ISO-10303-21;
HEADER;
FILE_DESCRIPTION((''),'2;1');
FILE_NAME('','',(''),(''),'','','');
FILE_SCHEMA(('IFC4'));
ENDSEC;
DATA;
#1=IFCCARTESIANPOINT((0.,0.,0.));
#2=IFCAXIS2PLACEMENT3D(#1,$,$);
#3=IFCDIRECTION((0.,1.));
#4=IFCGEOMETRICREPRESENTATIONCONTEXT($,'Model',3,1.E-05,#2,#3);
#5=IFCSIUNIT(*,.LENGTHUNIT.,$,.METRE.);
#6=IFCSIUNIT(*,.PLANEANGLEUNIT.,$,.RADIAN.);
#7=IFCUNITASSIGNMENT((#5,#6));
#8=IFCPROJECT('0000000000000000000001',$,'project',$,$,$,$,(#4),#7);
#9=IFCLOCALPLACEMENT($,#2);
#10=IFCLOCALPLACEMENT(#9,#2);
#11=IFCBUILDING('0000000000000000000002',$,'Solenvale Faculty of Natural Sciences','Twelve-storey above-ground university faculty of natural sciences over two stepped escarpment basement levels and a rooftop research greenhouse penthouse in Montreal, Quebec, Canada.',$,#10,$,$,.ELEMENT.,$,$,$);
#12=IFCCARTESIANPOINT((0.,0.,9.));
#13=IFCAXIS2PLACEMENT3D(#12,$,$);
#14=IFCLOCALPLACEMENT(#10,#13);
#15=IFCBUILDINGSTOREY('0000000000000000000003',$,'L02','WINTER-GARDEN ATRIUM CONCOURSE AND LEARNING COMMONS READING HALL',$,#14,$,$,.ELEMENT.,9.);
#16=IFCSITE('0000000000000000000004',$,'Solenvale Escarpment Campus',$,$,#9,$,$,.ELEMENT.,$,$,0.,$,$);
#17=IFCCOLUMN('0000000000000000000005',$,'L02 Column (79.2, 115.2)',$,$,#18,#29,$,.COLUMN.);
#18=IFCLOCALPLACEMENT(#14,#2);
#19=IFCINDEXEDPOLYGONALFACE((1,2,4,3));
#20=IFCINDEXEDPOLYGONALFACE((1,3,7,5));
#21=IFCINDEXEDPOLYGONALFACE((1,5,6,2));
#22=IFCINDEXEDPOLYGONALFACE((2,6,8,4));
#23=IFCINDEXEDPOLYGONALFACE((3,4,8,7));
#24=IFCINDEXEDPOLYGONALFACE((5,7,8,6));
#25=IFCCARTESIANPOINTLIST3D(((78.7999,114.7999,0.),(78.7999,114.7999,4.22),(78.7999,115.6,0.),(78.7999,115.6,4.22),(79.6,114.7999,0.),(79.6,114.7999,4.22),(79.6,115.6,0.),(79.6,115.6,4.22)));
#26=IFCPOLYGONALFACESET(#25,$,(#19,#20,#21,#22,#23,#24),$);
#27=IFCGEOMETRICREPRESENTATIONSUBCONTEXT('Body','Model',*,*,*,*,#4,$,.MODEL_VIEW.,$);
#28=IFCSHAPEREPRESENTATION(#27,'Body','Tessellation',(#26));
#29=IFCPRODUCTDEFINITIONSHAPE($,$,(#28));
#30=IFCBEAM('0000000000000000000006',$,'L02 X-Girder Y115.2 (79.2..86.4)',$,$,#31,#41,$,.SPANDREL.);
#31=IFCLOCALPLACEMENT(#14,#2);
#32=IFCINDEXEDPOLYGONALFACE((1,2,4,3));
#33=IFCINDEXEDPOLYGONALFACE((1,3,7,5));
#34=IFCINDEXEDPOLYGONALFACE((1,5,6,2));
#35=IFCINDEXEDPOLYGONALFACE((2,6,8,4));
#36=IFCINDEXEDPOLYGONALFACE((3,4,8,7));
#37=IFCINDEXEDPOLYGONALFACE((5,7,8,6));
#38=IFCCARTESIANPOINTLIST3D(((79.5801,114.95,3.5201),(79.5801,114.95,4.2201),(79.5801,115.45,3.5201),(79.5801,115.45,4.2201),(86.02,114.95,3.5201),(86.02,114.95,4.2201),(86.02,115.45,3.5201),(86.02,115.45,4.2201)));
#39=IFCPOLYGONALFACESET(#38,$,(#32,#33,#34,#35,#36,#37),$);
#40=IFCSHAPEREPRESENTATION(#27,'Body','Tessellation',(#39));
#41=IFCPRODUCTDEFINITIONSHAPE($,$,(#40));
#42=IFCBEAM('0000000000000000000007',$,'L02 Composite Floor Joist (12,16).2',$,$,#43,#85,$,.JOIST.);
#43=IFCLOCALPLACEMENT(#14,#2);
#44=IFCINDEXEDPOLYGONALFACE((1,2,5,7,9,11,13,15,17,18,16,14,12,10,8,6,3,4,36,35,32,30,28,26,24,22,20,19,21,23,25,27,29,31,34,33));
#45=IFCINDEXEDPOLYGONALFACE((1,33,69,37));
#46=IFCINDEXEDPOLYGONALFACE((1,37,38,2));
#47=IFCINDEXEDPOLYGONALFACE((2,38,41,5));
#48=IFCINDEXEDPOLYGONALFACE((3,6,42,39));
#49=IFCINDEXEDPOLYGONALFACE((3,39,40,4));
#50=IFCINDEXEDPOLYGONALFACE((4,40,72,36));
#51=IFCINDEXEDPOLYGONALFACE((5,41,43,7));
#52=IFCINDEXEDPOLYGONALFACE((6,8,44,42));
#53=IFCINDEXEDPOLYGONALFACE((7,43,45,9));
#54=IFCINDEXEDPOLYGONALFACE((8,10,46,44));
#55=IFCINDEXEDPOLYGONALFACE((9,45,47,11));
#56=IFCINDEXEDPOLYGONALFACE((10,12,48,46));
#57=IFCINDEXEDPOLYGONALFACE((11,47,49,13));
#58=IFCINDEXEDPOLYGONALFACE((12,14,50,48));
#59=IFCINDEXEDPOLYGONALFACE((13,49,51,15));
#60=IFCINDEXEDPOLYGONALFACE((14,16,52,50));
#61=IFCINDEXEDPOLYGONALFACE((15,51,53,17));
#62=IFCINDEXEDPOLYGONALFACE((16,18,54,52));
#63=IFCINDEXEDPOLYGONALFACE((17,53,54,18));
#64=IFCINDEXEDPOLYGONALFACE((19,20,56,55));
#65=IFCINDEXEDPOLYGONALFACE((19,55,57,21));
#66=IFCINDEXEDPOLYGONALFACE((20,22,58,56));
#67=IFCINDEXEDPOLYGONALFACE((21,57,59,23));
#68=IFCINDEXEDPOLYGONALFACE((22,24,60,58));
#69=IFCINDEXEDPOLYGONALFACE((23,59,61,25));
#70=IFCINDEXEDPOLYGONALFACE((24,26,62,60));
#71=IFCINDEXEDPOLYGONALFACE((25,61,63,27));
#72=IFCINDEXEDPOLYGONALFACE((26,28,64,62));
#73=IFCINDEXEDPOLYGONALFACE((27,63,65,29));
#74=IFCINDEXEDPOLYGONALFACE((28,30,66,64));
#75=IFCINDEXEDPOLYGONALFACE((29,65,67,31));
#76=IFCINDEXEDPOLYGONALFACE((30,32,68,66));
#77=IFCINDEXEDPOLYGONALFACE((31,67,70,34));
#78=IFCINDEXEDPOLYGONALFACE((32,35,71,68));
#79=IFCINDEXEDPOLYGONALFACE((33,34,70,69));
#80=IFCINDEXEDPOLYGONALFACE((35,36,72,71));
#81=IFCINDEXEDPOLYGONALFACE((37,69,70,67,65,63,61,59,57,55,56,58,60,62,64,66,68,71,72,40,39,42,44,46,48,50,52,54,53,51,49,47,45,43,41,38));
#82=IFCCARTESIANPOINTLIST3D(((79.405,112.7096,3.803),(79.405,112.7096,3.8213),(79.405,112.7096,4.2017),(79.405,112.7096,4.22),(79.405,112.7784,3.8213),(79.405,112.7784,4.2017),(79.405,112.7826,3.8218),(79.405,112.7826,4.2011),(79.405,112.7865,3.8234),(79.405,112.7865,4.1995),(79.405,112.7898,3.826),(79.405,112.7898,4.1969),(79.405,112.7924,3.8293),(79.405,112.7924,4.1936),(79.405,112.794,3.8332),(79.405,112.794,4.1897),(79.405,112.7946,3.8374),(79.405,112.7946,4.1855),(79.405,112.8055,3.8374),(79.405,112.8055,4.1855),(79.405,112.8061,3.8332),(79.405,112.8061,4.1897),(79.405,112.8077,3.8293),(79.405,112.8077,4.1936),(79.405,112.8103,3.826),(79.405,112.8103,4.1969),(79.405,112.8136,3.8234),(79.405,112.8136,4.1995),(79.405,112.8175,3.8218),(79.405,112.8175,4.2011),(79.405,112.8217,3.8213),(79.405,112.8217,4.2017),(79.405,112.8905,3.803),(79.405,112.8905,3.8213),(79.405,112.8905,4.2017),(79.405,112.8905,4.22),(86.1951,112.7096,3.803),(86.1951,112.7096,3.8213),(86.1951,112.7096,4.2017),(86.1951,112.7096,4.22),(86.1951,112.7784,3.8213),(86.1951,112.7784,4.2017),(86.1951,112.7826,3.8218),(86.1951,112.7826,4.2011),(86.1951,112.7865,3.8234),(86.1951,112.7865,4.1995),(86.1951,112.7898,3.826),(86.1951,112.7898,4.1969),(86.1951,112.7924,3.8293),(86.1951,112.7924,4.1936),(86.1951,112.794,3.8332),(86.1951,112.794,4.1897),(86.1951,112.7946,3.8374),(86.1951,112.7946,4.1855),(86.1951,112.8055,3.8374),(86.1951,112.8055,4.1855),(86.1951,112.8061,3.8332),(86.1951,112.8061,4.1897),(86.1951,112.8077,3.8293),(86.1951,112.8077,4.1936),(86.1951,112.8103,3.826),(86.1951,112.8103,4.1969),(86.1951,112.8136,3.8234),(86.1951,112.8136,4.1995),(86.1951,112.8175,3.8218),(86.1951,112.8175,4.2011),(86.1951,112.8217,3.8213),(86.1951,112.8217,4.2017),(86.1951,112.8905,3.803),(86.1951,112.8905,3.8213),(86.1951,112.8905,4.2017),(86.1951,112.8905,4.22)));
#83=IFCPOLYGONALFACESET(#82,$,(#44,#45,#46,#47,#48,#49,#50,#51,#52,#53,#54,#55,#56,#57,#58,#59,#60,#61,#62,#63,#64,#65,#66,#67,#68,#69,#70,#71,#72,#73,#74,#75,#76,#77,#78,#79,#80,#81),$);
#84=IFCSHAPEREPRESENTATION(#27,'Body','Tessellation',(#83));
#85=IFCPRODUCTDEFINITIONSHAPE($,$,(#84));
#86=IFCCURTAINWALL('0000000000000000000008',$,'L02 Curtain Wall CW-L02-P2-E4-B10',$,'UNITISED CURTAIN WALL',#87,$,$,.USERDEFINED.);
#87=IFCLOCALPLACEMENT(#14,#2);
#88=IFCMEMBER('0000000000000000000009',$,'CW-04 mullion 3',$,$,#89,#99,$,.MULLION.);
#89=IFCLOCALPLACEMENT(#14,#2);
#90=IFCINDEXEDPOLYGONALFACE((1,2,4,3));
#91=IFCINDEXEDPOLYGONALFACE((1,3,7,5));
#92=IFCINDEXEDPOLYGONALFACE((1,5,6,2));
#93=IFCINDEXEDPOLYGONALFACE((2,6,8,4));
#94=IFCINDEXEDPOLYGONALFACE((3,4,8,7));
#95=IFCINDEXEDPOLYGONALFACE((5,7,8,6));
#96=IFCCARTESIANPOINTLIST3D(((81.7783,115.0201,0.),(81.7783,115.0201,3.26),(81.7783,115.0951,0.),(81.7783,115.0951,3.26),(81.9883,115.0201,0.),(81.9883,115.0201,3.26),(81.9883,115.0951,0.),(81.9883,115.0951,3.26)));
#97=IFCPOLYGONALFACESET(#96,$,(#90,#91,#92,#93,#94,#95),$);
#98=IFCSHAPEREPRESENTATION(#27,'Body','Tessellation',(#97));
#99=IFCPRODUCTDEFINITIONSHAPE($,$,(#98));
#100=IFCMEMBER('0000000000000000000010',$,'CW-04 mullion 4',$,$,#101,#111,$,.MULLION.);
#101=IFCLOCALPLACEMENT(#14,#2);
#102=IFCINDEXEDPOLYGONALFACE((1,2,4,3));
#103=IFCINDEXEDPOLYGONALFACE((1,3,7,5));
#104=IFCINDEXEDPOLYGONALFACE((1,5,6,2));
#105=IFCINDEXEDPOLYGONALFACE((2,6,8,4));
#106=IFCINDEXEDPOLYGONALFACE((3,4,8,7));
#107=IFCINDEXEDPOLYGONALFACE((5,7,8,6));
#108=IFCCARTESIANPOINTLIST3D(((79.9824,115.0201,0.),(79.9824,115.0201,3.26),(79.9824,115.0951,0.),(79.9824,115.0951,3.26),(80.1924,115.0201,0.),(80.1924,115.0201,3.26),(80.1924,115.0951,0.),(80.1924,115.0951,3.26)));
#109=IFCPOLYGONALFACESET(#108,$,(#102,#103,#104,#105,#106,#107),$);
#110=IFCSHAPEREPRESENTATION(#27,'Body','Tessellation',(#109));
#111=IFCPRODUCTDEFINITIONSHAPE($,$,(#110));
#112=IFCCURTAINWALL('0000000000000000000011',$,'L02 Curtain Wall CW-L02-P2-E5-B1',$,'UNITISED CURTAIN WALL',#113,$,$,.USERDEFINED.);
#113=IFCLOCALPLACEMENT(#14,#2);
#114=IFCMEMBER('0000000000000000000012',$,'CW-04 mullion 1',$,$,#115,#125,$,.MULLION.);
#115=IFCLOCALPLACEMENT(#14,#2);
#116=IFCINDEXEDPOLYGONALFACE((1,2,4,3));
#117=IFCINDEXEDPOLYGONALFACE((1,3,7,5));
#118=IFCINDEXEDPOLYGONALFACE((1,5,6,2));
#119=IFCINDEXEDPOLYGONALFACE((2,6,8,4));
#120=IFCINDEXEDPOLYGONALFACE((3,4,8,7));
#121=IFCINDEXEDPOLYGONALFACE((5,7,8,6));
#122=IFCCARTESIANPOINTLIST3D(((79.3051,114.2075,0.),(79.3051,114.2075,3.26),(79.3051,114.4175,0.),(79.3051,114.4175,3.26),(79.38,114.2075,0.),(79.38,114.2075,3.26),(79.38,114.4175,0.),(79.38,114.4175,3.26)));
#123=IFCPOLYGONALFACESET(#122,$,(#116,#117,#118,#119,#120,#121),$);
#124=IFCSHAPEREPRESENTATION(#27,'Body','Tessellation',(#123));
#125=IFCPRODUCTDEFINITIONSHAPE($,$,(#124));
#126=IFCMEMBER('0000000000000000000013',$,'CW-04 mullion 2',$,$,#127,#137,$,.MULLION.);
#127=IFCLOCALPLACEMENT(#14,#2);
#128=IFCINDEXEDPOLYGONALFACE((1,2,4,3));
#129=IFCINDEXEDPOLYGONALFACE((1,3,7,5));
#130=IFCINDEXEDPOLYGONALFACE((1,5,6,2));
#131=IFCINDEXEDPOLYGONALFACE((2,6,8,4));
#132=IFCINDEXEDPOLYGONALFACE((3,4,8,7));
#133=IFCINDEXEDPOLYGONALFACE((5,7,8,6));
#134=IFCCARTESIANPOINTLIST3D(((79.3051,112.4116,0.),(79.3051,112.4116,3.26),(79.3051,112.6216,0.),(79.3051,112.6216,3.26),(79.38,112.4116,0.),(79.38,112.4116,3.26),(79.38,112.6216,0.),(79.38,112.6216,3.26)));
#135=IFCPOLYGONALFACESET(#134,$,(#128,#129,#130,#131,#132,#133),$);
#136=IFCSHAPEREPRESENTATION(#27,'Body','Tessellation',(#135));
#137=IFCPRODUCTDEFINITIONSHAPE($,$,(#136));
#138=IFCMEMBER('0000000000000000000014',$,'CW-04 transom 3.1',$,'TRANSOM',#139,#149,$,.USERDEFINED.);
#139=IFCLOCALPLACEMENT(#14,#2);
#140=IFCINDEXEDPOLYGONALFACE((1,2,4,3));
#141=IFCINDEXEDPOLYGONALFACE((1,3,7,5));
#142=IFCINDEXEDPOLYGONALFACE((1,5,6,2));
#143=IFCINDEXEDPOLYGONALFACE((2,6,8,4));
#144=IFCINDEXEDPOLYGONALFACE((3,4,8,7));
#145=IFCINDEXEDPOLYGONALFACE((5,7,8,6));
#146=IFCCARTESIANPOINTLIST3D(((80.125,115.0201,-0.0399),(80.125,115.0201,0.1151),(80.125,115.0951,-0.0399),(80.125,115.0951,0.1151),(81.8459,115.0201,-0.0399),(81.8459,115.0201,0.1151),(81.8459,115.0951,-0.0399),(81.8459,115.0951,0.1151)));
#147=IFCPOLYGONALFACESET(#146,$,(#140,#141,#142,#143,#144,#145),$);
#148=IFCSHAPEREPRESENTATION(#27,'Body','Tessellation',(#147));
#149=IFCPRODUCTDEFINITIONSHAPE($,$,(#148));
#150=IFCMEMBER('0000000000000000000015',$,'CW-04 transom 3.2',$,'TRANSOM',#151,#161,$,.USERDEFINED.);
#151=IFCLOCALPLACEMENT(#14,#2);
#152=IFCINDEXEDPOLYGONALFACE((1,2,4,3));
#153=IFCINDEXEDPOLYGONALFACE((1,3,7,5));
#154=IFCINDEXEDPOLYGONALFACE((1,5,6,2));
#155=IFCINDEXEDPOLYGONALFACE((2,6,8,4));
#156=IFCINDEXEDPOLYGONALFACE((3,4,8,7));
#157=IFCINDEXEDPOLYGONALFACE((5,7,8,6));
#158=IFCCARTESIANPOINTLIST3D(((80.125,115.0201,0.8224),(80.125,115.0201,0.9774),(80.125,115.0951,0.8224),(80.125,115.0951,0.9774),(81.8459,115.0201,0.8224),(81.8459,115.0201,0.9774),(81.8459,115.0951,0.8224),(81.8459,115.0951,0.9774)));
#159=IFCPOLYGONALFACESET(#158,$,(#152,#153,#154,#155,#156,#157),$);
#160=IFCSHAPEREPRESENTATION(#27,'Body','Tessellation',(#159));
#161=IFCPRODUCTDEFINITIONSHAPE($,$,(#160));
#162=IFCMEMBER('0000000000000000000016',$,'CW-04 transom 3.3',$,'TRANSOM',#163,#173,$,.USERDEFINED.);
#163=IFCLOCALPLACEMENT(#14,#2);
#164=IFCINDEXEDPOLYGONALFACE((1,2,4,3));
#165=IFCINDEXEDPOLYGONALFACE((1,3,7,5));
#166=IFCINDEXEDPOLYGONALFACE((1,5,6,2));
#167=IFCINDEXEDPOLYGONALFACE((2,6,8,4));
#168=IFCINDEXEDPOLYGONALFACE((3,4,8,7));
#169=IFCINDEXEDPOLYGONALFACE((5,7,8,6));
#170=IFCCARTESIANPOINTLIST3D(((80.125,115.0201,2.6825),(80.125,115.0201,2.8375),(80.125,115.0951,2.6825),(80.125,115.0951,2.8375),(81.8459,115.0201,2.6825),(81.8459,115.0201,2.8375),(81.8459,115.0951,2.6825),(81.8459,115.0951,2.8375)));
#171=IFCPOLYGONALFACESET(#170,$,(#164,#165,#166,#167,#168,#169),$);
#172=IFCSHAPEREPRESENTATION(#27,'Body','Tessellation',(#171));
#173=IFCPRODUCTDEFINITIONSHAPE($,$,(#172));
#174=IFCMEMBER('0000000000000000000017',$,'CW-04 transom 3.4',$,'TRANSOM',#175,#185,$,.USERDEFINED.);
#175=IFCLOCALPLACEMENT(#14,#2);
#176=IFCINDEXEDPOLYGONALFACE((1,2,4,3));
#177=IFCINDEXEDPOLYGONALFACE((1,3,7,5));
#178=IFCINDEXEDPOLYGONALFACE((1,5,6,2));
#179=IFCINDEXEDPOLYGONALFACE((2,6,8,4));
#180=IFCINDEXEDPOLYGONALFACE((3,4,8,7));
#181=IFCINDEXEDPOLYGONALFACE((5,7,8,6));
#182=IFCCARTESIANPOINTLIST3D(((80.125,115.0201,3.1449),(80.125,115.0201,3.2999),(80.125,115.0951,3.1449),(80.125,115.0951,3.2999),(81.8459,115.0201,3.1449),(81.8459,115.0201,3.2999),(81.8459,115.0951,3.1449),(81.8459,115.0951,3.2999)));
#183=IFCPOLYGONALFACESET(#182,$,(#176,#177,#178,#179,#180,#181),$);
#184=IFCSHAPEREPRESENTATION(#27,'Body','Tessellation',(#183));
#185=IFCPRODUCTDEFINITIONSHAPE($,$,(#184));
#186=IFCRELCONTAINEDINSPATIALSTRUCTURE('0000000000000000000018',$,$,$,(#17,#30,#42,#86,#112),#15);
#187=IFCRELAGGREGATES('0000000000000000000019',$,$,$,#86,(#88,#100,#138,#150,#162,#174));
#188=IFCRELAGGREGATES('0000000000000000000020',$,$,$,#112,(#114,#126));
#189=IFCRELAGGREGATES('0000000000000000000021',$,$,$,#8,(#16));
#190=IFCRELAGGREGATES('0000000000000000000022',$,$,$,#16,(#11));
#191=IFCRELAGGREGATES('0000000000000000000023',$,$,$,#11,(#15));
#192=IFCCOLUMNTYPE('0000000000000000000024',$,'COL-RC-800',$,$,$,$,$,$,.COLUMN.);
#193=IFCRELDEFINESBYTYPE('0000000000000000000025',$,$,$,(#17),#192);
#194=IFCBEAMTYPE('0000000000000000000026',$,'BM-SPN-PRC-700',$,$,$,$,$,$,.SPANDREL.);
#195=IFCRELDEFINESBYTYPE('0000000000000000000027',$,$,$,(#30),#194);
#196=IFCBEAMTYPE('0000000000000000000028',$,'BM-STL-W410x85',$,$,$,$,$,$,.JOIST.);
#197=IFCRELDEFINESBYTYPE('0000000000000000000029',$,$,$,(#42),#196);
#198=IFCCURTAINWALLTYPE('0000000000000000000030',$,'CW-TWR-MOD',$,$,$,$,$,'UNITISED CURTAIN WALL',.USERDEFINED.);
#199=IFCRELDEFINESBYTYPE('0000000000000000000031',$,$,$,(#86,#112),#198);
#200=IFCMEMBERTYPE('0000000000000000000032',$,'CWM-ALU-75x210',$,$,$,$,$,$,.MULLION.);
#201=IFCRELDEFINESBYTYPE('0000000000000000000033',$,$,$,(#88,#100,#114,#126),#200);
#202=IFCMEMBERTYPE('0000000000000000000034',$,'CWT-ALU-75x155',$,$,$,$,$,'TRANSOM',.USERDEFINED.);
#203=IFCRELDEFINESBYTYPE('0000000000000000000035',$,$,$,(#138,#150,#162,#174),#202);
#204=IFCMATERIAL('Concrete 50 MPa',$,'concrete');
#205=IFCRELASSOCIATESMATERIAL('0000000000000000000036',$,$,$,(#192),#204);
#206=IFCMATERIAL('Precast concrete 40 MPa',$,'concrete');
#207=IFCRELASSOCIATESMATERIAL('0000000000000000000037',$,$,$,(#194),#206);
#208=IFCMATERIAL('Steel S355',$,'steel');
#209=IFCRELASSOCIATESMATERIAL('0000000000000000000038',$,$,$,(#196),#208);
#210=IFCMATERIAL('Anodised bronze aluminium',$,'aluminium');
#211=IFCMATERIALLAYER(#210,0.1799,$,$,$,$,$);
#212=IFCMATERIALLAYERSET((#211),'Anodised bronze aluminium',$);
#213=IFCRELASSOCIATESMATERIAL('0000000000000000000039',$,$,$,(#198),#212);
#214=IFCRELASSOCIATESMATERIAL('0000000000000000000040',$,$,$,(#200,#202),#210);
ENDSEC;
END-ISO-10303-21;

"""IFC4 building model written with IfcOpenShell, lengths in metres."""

from ifc_helpers import new_model, si_unit, direction, frame, origin, origin_2d, place, context, subcontext, project, spatial, rectangle, i_section, extrude, material, layer, layer_set, material_profile, profile_set, type_object, element, aggregate, save


model = new_model("IFC4")

# Units and contexts
model_context = context("Model", 3, precision=1e-05, world=origin(), true_north=direction((0.0, 1.0)))
body_context = subcontext(model_context, "Body", "Model", "MODEL_VIEW")
ifc_project = project(units=[si_unit("LENGTHUNIT", "METRE"), si_unit("PLANEANGLEUNIT", "RADIAN")], contexts=[model_context])

# Site, building, storey
site_placement = place(None, origin())
site = spatial("IfcSite", under=ifc_project, at=site_placement, Name="Solenvale Escarpment Campus", CompositionType="ELEMENT", RefElevation=0.0)
building_placement = place(site_placement, origin())
building = spatial("IfcBuilding", under=site, at=building_placement, Name="Solenvale Faculty of Natural Sciences", Description="Twelve-storey above-ground university faculty of natural sciences over two stepped escarpment basement levels and a rooftop research greenhouse penthouse in Montreal, Quebec, Canada.", CompositionType="ELEMENT")
storey_placement = place(building_placement, frame((0.0, 0.0, 9.0)))
storey = spatial("IfcBuildingStorey", under=building, at=storey_placement, Name="L02", Description="WINTER-GARDEN ATRIUM CONCOURSE AND LEARNING COMMONS READING HALL", CompositionType="ELEMENT", Elevation=9.0)

# Column
ifc_material_1 = material(Name="Concrete 50 MPa", Category="concrete")
ifc_material_profile_1 = material_profile(ifc_material_1, rectangle(XDim=0.8, YDim=0.8, at=origin_2d()), Name="RC-COL-800x800")
ifc_profile_set_1 = profile_set([ifc_material_profile_1], Name="Concrete 50 MPa")
column_type = type_object("IfcColumnType", Name="COL-RC-800", PredefinedType="COLUMN", material=ifc_profile_set_1)
column_placement = place(storey_placement, frame((79.2, 115.2, 0.0), z_axis=(0.0, 0.0, 1.0), x_axis=(1.0, 0.0, 0.0)))
element("IfcColumn", 1, at=column_placement, inside=storey, type_object=column_type, Name="L02 Column (79.2, 115.2)", PredefinedType="COLUMN", context=body_context, shape_type="SweptSolid", body=[
    extrude(rectangle(XDim=0.8, YDim=0.8, at=origin_2d()), origin(), (0.0, 0.0, 1.0), 4.22),
])

# Beams
ifc_material_2 = material(Name="Precast concrete 40 MPa", Category="concrete")
ifc_material_profile_2 = material_profile(ifc_material_2, rectangle(XDim=0.5, YDim=0.7, at=origin_2d()), Name="RC-BM-500x700")
ifc_profile_set_2 = profile_set([ifc_material_profile_2], Name="Precast concrete 40 MPa")
beam_type_1 = type_object("IfcBeamType", Name="BM-SPN-PRC-700", PredefinedType="SPANDREL", material=ifc_profile_set_2)
beam_1_placement = place(storey_placement, frame((79.5801, 115.2, 3.8701), z_axis=(1.0, 0.0, 0.0), x_axis=(0.0, 1.0, 0.0)))
element("IfcBeam", 2, at=beam_1_placement, inside=storey, type_object=beam_type_1, Name="L02 X-Girder Y115.2 (79.2..86.4)", PredefinedType="SPANDREL", context=body_context, shape_type="SweptSolid", body=[
    extrude(rectangle(XDim=0.5, YDim=0.7, at=origin_2d()), origin(), (0.0, 0.0, 1.0), 6.4399),
])
ifc_material_3 = material(Name="Steel S355", Category="steel")
ifc_material_profile_3 = material_profile(ifc_material_3, i_section(OverallWidth=0.1809, OverallDepth=0.417, WebThickness=0.011, FlangeThickness=0.0183, FilletRadius=0.0161, at=origin_2d()), Name="W410x85")
ifc_profile_set_3 = profile_set([ifc_material_profile_3], Name="Steel S355")
beam_type_2 = type_object("IfcBeamType", Name="BM-STL-W410x85", PredefinedType="JOIST", material=ifc_profile_set_3)
beam_2_placement = place(storey_placement, frame((79.405, 112.8, 4.0115), z_axis=(1.0, 0.0, 0.0), x_axis=(0.0, 1.0, 0.0)))
element("IfcBeam", 3, at=beam_2_placement, inside=storey, type_object=beam_type_2, Name="L02 Composite Floor Joist (12,16).2", PredefinedType="JOIST", context=body_context, shape_type="SweptSolid", body=[
    extrude(i_section(OverallWidth=0.1809, OverallDepth=0.417, WebThickness=0.011, FlangeThickness=0.0183, FilletRadius=0.0161, at=origin_2d()), origin(), (0.0, 0.0, 1.0), 6.79),
])

# Curtain walls, members
ifc_material_4 = material(Name="Anodised bronze aluminium", Category="aluminium")
ifc_layer_1 = layer(ifc_material_4, 0.1799)
ifc_layer_set_1 = layer_set([ifc_layer_1], Name="Anodised bronze aluminium")
curtain_wall_type = type_object("IfcCurtainWallType", Name="CW-TWR-MOD", ElementType="UNITISED CURTAIN WALL", PredefinedType="USERDEFINED", material=ifc_layer_set_1)
curtain_wall_1_placement = place(storey_placement, origin())
curtain_wall_1 = element("IfcCurtainWall", 4, at=curtain_wall_1_placement, inside=storey, type_object=curtain_wall_type, Name="L02 Curtain Wall CW-L02-P2-E4-B10", ObjectType="UNITISED CURTAIN WALL", PredefinedType="USERDEFINED")
ifc_material_profile_4 = material_profile(ifc_material_4, rectangle(XDim=0.075, YDim=0.21, at=origin_2d()), Name="ALU-MUL-75x210")
ifc_profile_set_4 = profile_set([ifc_material_profile_4], Name="Anodised bronze aluminium")
member_type_1 = type_object("IfcMemberType", Name="CWM-ALU-75x210", PredefinedType="MULLION", material=ifc_profile_set_4)
member_1_placement = place(storey_placement, frame((81.8833, 115.0576, 0.0), z_axis=(0.0, 0.0, 1.0), x_axis=(0.0, -1.0, 0.0)))
member_1 = element("IfcMember", 5, at=member_1_placement, type_object=member_type_1, Name="CW-04 mullion 3", PredefinedType="MULLION", context=body_context, shape_type="SweptSolid", body=[
    extrude(rectangle(XDim=0.075, YDim=0.21, at=origin_2d()), origin(), (0.0, 0.0, 1.0), 3.26),
])
member_2_placement = place(storey_placement, frame((80.0874, 115.0576, 0.0), z_axis=(0.0, 0.0, 1.0), x_axis=(0.0, -1.0, 0.0)))
member_2 = element("IfcMember", 6, at=member_2_placement, type_object=member_type_1, Name="CW-04 mullion 4", PredefinedType="MULLION", context=body_context, shape_type="SweptSolid", body=[
    extrude(rectangle(XDim=0.075, YDim=0.21, at=origin_2d()), origin(), (0.0, 0.0, 1.0), 3.26),
])
curtain_wall_2_placement = place(storey_placement, origin())
curtain_wall_2 = element("IfcCurtainWall", 7, at=curtain_wall_2_placement, inside=storey, type_object=curtain_wall_type, Name="L02 Curtain Wall CW-L02-P2-E5-B1", ObjectType="UNITISED CURTAIN WALL", PredefinedType="USERDEFINED")
member_3_placement = place(storey_placement, frame((79.3425, 114.3125, 0.0), z_axis=(0.0, 0.0, 1.0), x_axis=(1.0, 0.0, 0.0)))
member_3 = element("IfcMember", 8, at=member_3_placement, type_object=member_type_1, Name="CW-04 mullion 1", PredefinedType="MULLION", context=body_context, shape_type="SweptSolid", body=[
    extrude(rectangle(XDim=0.075, YDim=0.21, at=origin_2d()), origin(), (0.0, 0.0, 1.0), 3.26),
])
member_4_placement = place(storey_placement, frame((79.3425, 112.5166, 0.0), z_axis=(0.0, 0.0, 1.0), x_axis=(1.0, 0.0, 0.0)))
member_4 = element("IfcMember", 9, at=member_4_placement, type_object=member_type_1, Name="CW-04 mullion 2", PredefinedType="MULLION", context=body_context, shape_type="SweptSolid", body=[
    extrude(rectangle(XDim=0.075, YDim=0.21, at=origin_2d()), origin(), (0.0, 0.0, 1.0), 3.26),
])

# Members
ifc_material_profile_5 = material_profile(ifc_material_4, rectangle(XDim=0.075, YDim=0.155, at=origin_2d()), Name="ALU-TRN-75x155")
ifc_profile_set_5 = profile_set([ifc_material_profile_5], Name="Anodised bronze aluminium")
member_type_2 = type_object("IfcMemberType", Name="CWT-ALU-75x155", ElementType="TRANSOM", PredefinedType="USERDEFINED", material=ifc_profile_set_5)
member_5_placement = place(storey_placement, frame((81.8459, 115.0576, 0.0376), z_axis=(-1.0, 0.0, 0.0), x_axis=(0.0, -1.0, 0.0)))
member_5 = element("IfcMember", 10, at=member_5_placement, type_object=member_type_2, Name="CW-04 transom 3.1", ObjectType="TRANSOM", PredefinedType="USERDEFINED", context=body_context, shape_type="SweptSolid", body=[
    extrude(rectangle(XDim=0.075, YDim=0.155, at=origin_2d()), origin(), (0.0, 0.0, 1.0), 1.7209),
])
member_6_placement = place(storey_placement, frame((81.8459, 115.0576, 0.8999), z_axis=(-1.0, 0.0, 0.0), x_axis=(0.0, -1.0, 0.0)))
member_6 = element("IfcMember", 11, at=member_6_placement, type_object=member_type_2, Name="CW-04 transom 3.2", ObjectType="TRANSOM", PredefinedType="USERDEFINED", context=body_context, shape_type="SweptSolid", body=[
    extrude(rectangle(XDim=0.075, YDim=0.155, at=origin_2d()), origin(), (0.0, 0.0, 1.0), 1.7209),
])
member_7_placement = place(storey_placement, frame((81.8459, 115.0576, 2.76), z_axis=(-1.0, 0.0, 0.0), x_axis=(0.0, -1.0, 0.0)))
member_7 = element("IfcMember", 12, at=member_7_placement, type_object=member_type_2, Name="CW-04 transom 3.3", ObjectType="TRANSOM", PredefinedType="USERDEFINED", context=body_context, shape_type="SweptSolid", body=[
    extrude(rectangle(XDim=0.075, YDim=0.155, at=origin_2d()), origin(), (0.0, 0.0, 1.0), 1.7209),
])
member_8_placement = place(storey_placement, frame((81.8459, 115.0576, 3.2224), z_axis=(-1.0, 0.0, 0.0), x_axis=(0.0, -1.0, 0.0)))
member_8 = element("IfcMember", 13, at=member_8_placement, type_object=member_type_2, Name="CW-04 transom 3.4", ObjectType="TRANSOM", PredefinedType="USERDEFINED", context=body_context, shape_type="SweptSolid", body=[
    extrude(rectangle(XDim=0.075, YDim=0.155, at=origin_2d()), origin(), (0.0, 0.0, 1.0), 1.7209),
])

aggregate(curtain_wall_1, [member_1, member_2, member_5, member_6, member_7, member_8])
aggregate(curtain_wall_2, [member_3, member_4])

save(model, "model.ifc")
